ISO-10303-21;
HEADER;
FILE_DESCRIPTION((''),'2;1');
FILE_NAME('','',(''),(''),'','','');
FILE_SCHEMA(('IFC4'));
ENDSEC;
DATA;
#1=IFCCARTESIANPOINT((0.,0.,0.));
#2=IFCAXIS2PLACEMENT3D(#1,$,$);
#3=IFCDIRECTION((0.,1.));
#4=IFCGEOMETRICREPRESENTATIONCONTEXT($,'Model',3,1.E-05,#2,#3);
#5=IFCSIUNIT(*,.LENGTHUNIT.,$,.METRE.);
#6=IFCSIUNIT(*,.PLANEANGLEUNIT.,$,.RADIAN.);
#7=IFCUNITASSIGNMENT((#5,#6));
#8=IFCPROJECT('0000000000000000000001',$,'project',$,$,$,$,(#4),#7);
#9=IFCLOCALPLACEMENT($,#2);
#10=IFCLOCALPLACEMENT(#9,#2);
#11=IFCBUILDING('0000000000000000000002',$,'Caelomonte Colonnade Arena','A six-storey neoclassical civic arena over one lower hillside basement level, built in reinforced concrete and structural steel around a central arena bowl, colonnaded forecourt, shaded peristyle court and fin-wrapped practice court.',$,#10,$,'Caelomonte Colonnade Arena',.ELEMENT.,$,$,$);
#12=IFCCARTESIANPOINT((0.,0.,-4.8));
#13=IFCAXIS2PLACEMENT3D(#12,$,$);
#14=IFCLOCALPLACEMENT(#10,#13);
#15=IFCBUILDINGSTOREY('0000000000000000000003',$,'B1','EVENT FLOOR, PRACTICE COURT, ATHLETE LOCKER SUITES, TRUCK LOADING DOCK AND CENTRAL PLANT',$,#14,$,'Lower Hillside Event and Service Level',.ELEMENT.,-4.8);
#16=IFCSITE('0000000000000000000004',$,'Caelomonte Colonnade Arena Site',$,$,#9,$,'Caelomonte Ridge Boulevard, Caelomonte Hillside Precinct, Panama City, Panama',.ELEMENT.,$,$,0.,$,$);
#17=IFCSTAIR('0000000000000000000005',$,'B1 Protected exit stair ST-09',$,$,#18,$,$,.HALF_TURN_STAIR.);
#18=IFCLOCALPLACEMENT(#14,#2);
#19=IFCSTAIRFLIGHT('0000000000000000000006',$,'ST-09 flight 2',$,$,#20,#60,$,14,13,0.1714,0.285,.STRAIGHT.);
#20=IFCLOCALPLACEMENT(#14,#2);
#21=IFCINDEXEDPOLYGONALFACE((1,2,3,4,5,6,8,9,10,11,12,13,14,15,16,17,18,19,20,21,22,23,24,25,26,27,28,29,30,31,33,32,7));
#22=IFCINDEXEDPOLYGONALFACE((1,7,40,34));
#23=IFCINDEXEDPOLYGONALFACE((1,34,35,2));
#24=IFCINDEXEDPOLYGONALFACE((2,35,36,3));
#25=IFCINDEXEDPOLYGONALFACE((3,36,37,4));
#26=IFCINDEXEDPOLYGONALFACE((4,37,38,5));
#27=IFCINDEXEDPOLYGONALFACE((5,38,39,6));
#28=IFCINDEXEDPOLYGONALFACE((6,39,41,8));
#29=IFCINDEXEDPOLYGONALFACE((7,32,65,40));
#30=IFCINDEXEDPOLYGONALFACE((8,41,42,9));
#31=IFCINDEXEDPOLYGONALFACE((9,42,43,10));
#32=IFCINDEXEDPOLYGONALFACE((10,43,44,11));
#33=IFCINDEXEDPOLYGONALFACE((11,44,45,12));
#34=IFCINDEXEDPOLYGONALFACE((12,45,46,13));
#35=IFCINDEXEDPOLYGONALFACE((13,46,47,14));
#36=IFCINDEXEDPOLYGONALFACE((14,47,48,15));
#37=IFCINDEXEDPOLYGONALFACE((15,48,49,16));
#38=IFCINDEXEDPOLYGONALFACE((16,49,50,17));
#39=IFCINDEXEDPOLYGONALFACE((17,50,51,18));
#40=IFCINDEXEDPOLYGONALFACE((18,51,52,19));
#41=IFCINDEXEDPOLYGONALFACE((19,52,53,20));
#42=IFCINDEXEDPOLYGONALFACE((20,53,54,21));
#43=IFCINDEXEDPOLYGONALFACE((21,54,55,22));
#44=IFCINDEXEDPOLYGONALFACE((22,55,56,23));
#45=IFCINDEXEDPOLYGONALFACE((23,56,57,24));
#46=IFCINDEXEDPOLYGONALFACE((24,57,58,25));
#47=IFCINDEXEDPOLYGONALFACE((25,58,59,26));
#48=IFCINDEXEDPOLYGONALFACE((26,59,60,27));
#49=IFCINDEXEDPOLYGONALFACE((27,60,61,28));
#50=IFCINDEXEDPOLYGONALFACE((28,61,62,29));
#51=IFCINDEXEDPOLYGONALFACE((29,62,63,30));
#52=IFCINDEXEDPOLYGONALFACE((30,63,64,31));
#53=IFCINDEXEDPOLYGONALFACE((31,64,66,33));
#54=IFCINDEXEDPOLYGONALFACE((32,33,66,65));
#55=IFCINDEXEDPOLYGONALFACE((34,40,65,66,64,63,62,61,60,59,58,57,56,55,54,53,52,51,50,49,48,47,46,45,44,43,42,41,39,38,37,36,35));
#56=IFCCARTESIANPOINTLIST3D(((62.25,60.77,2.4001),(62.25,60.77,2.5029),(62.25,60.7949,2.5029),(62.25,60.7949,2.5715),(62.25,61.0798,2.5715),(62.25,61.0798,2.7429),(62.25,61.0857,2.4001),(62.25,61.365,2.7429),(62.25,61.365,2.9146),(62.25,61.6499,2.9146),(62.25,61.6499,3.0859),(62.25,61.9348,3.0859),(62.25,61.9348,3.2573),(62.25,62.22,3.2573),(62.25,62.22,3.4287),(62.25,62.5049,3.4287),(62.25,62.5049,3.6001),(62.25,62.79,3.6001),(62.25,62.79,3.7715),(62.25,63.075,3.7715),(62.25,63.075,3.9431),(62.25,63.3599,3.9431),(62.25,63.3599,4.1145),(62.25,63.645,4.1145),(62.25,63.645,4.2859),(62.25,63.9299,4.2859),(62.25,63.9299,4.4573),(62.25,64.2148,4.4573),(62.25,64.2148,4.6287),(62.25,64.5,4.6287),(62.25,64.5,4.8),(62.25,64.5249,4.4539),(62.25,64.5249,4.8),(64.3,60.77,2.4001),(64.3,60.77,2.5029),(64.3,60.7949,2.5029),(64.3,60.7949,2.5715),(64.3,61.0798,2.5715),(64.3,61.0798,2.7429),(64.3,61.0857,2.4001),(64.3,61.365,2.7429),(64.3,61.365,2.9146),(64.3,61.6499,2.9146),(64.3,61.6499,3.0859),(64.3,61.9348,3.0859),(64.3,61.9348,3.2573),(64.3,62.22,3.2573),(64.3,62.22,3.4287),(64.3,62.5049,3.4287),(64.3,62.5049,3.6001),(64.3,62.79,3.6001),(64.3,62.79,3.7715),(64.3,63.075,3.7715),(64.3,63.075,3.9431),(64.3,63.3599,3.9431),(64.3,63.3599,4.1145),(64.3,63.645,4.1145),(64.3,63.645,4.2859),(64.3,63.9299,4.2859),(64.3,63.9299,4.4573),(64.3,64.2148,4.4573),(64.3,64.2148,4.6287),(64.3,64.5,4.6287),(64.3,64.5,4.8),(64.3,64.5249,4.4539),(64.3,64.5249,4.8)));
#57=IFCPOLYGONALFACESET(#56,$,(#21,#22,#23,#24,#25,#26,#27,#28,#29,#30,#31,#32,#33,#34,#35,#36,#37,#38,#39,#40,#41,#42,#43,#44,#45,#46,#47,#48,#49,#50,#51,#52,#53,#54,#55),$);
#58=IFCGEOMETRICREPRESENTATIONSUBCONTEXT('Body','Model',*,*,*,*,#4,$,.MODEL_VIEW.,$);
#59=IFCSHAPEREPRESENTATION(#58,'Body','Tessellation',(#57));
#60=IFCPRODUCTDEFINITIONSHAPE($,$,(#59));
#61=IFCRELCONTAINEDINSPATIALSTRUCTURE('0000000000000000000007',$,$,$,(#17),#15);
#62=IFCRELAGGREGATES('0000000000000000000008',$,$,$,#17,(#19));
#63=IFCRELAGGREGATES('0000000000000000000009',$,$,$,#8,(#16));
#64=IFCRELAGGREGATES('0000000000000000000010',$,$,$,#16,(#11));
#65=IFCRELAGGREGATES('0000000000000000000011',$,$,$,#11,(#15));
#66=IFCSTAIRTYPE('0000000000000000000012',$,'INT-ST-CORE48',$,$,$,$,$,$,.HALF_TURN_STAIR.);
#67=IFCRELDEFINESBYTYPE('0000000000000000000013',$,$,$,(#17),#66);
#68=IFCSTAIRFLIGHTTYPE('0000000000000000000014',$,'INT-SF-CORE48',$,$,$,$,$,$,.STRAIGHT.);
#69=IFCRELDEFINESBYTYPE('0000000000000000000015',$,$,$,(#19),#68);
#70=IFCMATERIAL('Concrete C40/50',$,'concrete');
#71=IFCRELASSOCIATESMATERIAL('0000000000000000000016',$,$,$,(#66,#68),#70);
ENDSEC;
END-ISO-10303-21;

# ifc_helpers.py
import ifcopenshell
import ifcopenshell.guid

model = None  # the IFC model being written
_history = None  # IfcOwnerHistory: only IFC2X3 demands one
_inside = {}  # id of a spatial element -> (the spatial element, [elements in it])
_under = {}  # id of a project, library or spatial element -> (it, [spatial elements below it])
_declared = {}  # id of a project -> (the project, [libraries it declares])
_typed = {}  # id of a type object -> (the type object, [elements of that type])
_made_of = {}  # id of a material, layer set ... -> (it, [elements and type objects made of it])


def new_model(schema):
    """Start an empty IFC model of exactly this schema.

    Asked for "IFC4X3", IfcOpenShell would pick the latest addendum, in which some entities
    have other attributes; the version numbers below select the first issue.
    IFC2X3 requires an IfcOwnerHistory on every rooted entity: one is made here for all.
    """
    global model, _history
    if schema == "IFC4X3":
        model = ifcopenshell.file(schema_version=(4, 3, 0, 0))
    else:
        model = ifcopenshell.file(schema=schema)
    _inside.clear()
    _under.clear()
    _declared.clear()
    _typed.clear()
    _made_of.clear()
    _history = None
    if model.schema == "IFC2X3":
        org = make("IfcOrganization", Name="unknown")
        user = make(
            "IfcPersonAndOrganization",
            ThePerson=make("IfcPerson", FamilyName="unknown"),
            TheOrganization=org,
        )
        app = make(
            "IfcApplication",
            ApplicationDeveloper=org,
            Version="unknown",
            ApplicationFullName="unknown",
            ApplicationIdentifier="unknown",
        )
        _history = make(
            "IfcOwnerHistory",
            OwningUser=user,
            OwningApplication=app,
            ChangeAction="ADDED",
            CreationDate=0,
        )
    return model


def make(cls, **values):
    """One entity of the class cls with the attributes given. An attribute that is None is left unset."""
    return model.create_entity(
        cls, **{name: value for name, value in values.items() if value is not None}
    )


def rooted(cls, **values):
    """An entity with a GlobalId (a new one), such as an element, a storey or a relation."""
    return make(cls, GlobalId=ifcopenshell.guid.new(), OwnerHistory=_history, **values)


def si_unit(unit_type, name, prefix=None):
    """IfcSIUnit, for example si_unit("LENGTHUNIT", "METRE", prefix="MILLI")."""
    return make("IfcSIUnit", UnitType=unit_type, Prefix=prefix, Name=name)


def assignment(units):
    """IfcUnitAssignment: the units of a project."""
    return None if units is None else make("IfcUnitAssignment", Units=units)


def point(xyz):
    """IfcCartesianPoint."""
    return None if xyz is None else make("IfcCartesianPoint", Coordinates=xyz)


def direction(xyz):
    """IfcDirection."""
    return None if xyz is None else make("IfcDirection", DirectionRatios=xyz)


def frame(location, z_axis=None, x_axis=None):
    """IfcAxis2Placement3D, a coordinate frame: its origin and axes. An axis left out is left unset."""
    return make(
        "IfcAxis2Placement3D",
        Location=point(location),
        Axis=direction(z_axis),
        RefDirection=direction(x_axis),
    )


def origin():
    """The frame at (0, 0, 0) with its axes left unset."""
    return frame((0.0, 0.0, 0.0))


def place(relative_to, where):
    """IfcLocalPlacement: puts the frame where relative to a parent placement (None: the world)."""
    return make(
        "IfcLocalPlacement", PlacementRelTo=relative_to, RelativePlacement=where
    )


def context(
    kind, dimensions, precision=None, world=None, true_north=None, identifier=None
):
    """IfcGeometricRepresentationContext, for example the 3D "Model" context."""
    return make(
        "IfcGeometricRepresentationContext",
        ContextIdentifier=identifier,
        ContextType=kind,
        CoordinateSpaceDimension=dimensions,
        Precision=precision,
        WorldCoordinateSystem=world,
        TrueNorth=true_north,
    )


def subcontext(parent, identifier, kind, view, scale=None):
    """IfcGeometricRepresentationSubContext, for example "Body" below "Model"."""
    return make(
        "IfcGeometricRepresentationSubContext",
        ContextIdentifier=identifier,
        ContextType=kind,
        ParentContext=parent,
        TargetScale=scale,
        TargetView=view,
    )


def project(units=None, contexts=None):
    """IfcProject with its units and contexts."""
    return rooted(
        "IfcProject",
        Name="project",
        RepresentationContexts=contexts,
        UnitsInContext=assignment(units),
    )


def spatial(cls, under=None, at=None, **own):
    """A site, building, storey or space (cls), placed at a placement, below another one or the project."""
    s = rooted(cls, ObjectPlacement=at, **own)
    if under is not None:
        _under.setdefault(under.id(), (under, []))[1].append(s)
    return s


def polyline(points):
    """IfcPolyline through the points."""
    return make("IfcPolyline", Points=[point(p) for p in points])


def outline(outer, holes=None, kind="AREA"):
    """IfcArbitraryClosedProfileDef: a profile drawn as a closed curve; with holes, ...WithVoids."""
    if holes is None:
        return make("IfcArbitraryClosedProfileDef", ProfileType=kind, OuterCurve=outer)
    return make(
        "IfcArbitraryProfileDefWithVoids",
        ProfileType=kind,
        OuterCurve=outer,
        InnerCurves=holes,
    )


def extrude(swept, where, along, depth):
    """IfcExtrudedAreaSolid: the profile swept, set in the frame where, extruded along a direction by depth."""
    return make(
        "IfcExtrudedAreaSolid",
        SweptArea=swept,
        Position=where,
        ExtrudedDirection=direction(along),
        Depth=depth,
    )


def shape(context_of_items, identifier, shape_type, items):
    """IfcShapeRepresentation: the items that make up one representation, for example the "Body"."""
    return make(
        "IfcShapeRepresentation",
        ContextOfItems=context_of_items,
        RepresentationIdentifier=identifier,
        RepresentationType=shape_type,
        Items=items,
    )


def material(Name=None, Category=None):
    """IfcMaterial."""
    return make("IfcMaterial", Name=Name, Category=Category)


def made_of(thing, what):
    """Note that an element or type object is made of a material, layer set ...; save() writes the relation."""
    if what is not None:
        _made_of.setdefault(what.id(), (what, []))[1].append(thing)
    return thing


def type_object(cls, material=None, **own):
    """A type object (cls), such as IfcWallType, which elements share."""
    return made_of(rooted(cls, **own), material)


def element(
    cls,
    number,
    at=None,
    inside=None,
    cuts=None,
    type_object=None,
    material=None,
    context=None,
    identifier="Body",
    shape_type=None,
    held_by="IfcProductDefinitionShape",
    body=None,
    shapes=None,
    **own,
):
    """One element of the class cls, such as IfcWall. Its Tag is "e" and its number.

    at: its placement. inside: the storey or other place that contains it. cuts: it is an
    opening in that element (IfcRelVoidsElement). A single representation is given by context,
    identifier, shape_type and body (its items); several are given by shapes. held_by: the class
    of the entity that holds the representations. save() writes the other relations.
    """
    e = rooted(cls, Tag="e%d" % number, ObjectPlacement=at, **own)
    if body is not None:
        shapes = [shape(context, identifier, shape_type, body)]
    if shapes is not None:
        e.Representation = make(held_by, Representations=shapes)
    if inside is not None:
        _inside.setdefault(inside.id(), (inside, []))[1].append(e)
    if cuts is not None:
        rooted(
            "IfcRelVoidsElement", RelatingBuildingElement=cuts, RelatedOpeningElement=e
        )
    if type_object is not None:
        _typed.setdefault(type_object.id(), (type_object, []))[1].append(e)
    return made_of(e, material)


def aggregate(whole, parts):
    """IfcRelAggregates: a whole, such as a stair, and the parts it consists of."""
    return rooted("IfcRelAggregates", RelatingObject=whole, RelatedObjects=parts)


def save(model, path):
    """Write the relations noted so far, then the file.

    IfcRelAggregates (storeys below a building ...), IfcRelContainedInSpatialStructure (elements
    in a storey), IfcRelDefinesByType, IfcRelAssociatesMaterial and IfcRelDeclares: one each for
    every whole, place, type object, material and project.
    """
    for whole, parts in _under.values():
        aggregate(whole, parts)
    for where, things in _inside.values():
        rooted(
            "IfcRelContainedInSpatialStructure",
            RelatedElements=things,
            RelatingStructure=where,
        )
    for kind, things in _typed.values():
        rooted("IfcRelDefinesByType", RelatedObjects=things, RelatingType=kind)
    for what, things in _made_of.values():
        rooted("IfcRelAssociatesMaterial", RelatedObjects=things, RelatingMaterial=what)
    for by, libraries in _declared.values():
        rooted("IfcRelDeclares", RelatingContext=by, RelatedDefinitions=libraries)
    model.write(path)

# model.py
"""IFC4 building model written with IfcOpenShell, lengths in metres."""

from ifc_helpers import new_model, si_unit, direction, frame, origin, place, context, subcontext, project, spatial, polyline, outline, extrude, material, type_object, element, aggregate, save


model = new_model("IFC4")

# Units and contexts
model_context = context("Model", 3, precision=1e-05, world=origin(), true_north=direction((0.0, 1.0)))
body_context = subcontext(model_context, "Body", "Model", "MODEL_VIEW")
ifc_project = project(units=[si_unit("LENGTHUNIT", "METRE"), si_unit("PLANEANGLEUNIT", "RADIAN")], contexts=[model_context])

# Site, building, storey
site_placement = place(None, origin())
site = spatial("IfcSite", under=ifc_project, at=site_placement, Name="Caelomonte Colonnade Arena Site", LongName="Caelomonte Ridge Boulevard, Caelomonte Hillside Precinct, Panama City, Panama", CompositionType="ELEMENT", RefElevation=0.0)
building_placement = place(site_placement, origin())
building = spatial("IfcBuilding", under=site, at=building_placement, Name="Caelomonte Colonnade Arena", Description="A six-storey neoclassical civic arena over one lower hillside basement level, built in reinforced concrete and structural steel around a central arena bowl, colonnaded forecourt, shaded peristyle court and fin-wrapped practice court.", LongName="Caelomonte Colonnade Arena", CompositionType="ELEMENT")
storey_placement = place(building_placement, frame((0.0, 0.0, -4.8)))
storey = spatial("IfcBuildingStorey", under=building, at=storey_placement, Name="B1", Description="EVENT FLOOR, PRACTICE COURT, ATHLETE LOCKER SUITES, TRUCK LOADING DOCK AND CENTRAL PLANT", LongName="Lower Hillside Event and Service Level", CompositionType="ELEMENT", Elevation=-4.8)

# Shared definitions
ifc_material_1 = material(Name="Concrete C40/50", Category="concrete")

# Stair, stair flight
stair_type = type_object("IfcStairType", Name="INT-ST-CORE48", PredefinedType="HALF_TURN_STAIR", material=ifc_material_1)
stair_placement = place(storey_placement, origin())
stair = element("IfcStair", 1, at=stair_placement, inside=storey, type_object=stair_type, Name="B1 Protected exit stair ST-09", PredefinedType="HALF_TURN_STAIR")
stair_flight_type = type_object("IfcStairFlightType", Name="INT-SF-CORE48", PredefinedType="STRAIGHT", material=ifc_material_1)
stair_flight_placement = place(storey_placement, frame((63.2749, 60.7949, 2.4001), z_axis=(0.0, 0.0, 1.0), x_axis=(0.0, 1.0, 0.0)))
stair_flight = element("IfcStairFlight", 2, at=stair_flight_placement, type_object=stair_flight_type, Name="ST-09 flight 2", NumberOfRisers=14, NumberOfTreads=13, PredefinedType="STRAIGHT", RiserHeight=0.1714, TreadLength=0.285, context=body_context, shape_type="SweptSolid", body=[
    extrude(outline(polyline([(-0.0249, 0.0), (-0.0249, 0.1028), (0.0, 0.1028), (0.0, 0.1714), (0.2849, 0.1714), (0.2849, 0.3428), (0.5701, 0.3428), (0.5701, 0.5144), (0.855, 0.5144), (0.855, 0.6858), (1.1399, 0.6858), (1.1399, 0.8572), (1.425, 0.8572), (1.425, 1.0286), (1.71, 1.0286), (1.71, 1.2), (1.9951, 1.2), (1.9951, 1.3713), (2.28, 1.3713), (2.28, 1.543), (2.5649, 1.543), (2.5649, 1.7144), (2.8501, 1.7144), (2.8501, 1.8857), (3.135, 1.8857), (3.135, 2.0571), (3.4199, 2.0571), (3.4199, 2.2285), (3.7051, 2.2285), (3.7051, 2.3999), (3.73, 2.3999), (3.73, 2.0537), (0.2908, 0.0), (-0.0249, 0.0)])), frame((0.0, 1.0249, 0.0), z_axis=(0.0, -1.0, 0.0), x_axis=(1.0, 0.0, 0.0)), (0.0, 0.0, 1.0), 2.05),
])
aggregate(stair, [stair_flight])

save(model, "model.ifc")
